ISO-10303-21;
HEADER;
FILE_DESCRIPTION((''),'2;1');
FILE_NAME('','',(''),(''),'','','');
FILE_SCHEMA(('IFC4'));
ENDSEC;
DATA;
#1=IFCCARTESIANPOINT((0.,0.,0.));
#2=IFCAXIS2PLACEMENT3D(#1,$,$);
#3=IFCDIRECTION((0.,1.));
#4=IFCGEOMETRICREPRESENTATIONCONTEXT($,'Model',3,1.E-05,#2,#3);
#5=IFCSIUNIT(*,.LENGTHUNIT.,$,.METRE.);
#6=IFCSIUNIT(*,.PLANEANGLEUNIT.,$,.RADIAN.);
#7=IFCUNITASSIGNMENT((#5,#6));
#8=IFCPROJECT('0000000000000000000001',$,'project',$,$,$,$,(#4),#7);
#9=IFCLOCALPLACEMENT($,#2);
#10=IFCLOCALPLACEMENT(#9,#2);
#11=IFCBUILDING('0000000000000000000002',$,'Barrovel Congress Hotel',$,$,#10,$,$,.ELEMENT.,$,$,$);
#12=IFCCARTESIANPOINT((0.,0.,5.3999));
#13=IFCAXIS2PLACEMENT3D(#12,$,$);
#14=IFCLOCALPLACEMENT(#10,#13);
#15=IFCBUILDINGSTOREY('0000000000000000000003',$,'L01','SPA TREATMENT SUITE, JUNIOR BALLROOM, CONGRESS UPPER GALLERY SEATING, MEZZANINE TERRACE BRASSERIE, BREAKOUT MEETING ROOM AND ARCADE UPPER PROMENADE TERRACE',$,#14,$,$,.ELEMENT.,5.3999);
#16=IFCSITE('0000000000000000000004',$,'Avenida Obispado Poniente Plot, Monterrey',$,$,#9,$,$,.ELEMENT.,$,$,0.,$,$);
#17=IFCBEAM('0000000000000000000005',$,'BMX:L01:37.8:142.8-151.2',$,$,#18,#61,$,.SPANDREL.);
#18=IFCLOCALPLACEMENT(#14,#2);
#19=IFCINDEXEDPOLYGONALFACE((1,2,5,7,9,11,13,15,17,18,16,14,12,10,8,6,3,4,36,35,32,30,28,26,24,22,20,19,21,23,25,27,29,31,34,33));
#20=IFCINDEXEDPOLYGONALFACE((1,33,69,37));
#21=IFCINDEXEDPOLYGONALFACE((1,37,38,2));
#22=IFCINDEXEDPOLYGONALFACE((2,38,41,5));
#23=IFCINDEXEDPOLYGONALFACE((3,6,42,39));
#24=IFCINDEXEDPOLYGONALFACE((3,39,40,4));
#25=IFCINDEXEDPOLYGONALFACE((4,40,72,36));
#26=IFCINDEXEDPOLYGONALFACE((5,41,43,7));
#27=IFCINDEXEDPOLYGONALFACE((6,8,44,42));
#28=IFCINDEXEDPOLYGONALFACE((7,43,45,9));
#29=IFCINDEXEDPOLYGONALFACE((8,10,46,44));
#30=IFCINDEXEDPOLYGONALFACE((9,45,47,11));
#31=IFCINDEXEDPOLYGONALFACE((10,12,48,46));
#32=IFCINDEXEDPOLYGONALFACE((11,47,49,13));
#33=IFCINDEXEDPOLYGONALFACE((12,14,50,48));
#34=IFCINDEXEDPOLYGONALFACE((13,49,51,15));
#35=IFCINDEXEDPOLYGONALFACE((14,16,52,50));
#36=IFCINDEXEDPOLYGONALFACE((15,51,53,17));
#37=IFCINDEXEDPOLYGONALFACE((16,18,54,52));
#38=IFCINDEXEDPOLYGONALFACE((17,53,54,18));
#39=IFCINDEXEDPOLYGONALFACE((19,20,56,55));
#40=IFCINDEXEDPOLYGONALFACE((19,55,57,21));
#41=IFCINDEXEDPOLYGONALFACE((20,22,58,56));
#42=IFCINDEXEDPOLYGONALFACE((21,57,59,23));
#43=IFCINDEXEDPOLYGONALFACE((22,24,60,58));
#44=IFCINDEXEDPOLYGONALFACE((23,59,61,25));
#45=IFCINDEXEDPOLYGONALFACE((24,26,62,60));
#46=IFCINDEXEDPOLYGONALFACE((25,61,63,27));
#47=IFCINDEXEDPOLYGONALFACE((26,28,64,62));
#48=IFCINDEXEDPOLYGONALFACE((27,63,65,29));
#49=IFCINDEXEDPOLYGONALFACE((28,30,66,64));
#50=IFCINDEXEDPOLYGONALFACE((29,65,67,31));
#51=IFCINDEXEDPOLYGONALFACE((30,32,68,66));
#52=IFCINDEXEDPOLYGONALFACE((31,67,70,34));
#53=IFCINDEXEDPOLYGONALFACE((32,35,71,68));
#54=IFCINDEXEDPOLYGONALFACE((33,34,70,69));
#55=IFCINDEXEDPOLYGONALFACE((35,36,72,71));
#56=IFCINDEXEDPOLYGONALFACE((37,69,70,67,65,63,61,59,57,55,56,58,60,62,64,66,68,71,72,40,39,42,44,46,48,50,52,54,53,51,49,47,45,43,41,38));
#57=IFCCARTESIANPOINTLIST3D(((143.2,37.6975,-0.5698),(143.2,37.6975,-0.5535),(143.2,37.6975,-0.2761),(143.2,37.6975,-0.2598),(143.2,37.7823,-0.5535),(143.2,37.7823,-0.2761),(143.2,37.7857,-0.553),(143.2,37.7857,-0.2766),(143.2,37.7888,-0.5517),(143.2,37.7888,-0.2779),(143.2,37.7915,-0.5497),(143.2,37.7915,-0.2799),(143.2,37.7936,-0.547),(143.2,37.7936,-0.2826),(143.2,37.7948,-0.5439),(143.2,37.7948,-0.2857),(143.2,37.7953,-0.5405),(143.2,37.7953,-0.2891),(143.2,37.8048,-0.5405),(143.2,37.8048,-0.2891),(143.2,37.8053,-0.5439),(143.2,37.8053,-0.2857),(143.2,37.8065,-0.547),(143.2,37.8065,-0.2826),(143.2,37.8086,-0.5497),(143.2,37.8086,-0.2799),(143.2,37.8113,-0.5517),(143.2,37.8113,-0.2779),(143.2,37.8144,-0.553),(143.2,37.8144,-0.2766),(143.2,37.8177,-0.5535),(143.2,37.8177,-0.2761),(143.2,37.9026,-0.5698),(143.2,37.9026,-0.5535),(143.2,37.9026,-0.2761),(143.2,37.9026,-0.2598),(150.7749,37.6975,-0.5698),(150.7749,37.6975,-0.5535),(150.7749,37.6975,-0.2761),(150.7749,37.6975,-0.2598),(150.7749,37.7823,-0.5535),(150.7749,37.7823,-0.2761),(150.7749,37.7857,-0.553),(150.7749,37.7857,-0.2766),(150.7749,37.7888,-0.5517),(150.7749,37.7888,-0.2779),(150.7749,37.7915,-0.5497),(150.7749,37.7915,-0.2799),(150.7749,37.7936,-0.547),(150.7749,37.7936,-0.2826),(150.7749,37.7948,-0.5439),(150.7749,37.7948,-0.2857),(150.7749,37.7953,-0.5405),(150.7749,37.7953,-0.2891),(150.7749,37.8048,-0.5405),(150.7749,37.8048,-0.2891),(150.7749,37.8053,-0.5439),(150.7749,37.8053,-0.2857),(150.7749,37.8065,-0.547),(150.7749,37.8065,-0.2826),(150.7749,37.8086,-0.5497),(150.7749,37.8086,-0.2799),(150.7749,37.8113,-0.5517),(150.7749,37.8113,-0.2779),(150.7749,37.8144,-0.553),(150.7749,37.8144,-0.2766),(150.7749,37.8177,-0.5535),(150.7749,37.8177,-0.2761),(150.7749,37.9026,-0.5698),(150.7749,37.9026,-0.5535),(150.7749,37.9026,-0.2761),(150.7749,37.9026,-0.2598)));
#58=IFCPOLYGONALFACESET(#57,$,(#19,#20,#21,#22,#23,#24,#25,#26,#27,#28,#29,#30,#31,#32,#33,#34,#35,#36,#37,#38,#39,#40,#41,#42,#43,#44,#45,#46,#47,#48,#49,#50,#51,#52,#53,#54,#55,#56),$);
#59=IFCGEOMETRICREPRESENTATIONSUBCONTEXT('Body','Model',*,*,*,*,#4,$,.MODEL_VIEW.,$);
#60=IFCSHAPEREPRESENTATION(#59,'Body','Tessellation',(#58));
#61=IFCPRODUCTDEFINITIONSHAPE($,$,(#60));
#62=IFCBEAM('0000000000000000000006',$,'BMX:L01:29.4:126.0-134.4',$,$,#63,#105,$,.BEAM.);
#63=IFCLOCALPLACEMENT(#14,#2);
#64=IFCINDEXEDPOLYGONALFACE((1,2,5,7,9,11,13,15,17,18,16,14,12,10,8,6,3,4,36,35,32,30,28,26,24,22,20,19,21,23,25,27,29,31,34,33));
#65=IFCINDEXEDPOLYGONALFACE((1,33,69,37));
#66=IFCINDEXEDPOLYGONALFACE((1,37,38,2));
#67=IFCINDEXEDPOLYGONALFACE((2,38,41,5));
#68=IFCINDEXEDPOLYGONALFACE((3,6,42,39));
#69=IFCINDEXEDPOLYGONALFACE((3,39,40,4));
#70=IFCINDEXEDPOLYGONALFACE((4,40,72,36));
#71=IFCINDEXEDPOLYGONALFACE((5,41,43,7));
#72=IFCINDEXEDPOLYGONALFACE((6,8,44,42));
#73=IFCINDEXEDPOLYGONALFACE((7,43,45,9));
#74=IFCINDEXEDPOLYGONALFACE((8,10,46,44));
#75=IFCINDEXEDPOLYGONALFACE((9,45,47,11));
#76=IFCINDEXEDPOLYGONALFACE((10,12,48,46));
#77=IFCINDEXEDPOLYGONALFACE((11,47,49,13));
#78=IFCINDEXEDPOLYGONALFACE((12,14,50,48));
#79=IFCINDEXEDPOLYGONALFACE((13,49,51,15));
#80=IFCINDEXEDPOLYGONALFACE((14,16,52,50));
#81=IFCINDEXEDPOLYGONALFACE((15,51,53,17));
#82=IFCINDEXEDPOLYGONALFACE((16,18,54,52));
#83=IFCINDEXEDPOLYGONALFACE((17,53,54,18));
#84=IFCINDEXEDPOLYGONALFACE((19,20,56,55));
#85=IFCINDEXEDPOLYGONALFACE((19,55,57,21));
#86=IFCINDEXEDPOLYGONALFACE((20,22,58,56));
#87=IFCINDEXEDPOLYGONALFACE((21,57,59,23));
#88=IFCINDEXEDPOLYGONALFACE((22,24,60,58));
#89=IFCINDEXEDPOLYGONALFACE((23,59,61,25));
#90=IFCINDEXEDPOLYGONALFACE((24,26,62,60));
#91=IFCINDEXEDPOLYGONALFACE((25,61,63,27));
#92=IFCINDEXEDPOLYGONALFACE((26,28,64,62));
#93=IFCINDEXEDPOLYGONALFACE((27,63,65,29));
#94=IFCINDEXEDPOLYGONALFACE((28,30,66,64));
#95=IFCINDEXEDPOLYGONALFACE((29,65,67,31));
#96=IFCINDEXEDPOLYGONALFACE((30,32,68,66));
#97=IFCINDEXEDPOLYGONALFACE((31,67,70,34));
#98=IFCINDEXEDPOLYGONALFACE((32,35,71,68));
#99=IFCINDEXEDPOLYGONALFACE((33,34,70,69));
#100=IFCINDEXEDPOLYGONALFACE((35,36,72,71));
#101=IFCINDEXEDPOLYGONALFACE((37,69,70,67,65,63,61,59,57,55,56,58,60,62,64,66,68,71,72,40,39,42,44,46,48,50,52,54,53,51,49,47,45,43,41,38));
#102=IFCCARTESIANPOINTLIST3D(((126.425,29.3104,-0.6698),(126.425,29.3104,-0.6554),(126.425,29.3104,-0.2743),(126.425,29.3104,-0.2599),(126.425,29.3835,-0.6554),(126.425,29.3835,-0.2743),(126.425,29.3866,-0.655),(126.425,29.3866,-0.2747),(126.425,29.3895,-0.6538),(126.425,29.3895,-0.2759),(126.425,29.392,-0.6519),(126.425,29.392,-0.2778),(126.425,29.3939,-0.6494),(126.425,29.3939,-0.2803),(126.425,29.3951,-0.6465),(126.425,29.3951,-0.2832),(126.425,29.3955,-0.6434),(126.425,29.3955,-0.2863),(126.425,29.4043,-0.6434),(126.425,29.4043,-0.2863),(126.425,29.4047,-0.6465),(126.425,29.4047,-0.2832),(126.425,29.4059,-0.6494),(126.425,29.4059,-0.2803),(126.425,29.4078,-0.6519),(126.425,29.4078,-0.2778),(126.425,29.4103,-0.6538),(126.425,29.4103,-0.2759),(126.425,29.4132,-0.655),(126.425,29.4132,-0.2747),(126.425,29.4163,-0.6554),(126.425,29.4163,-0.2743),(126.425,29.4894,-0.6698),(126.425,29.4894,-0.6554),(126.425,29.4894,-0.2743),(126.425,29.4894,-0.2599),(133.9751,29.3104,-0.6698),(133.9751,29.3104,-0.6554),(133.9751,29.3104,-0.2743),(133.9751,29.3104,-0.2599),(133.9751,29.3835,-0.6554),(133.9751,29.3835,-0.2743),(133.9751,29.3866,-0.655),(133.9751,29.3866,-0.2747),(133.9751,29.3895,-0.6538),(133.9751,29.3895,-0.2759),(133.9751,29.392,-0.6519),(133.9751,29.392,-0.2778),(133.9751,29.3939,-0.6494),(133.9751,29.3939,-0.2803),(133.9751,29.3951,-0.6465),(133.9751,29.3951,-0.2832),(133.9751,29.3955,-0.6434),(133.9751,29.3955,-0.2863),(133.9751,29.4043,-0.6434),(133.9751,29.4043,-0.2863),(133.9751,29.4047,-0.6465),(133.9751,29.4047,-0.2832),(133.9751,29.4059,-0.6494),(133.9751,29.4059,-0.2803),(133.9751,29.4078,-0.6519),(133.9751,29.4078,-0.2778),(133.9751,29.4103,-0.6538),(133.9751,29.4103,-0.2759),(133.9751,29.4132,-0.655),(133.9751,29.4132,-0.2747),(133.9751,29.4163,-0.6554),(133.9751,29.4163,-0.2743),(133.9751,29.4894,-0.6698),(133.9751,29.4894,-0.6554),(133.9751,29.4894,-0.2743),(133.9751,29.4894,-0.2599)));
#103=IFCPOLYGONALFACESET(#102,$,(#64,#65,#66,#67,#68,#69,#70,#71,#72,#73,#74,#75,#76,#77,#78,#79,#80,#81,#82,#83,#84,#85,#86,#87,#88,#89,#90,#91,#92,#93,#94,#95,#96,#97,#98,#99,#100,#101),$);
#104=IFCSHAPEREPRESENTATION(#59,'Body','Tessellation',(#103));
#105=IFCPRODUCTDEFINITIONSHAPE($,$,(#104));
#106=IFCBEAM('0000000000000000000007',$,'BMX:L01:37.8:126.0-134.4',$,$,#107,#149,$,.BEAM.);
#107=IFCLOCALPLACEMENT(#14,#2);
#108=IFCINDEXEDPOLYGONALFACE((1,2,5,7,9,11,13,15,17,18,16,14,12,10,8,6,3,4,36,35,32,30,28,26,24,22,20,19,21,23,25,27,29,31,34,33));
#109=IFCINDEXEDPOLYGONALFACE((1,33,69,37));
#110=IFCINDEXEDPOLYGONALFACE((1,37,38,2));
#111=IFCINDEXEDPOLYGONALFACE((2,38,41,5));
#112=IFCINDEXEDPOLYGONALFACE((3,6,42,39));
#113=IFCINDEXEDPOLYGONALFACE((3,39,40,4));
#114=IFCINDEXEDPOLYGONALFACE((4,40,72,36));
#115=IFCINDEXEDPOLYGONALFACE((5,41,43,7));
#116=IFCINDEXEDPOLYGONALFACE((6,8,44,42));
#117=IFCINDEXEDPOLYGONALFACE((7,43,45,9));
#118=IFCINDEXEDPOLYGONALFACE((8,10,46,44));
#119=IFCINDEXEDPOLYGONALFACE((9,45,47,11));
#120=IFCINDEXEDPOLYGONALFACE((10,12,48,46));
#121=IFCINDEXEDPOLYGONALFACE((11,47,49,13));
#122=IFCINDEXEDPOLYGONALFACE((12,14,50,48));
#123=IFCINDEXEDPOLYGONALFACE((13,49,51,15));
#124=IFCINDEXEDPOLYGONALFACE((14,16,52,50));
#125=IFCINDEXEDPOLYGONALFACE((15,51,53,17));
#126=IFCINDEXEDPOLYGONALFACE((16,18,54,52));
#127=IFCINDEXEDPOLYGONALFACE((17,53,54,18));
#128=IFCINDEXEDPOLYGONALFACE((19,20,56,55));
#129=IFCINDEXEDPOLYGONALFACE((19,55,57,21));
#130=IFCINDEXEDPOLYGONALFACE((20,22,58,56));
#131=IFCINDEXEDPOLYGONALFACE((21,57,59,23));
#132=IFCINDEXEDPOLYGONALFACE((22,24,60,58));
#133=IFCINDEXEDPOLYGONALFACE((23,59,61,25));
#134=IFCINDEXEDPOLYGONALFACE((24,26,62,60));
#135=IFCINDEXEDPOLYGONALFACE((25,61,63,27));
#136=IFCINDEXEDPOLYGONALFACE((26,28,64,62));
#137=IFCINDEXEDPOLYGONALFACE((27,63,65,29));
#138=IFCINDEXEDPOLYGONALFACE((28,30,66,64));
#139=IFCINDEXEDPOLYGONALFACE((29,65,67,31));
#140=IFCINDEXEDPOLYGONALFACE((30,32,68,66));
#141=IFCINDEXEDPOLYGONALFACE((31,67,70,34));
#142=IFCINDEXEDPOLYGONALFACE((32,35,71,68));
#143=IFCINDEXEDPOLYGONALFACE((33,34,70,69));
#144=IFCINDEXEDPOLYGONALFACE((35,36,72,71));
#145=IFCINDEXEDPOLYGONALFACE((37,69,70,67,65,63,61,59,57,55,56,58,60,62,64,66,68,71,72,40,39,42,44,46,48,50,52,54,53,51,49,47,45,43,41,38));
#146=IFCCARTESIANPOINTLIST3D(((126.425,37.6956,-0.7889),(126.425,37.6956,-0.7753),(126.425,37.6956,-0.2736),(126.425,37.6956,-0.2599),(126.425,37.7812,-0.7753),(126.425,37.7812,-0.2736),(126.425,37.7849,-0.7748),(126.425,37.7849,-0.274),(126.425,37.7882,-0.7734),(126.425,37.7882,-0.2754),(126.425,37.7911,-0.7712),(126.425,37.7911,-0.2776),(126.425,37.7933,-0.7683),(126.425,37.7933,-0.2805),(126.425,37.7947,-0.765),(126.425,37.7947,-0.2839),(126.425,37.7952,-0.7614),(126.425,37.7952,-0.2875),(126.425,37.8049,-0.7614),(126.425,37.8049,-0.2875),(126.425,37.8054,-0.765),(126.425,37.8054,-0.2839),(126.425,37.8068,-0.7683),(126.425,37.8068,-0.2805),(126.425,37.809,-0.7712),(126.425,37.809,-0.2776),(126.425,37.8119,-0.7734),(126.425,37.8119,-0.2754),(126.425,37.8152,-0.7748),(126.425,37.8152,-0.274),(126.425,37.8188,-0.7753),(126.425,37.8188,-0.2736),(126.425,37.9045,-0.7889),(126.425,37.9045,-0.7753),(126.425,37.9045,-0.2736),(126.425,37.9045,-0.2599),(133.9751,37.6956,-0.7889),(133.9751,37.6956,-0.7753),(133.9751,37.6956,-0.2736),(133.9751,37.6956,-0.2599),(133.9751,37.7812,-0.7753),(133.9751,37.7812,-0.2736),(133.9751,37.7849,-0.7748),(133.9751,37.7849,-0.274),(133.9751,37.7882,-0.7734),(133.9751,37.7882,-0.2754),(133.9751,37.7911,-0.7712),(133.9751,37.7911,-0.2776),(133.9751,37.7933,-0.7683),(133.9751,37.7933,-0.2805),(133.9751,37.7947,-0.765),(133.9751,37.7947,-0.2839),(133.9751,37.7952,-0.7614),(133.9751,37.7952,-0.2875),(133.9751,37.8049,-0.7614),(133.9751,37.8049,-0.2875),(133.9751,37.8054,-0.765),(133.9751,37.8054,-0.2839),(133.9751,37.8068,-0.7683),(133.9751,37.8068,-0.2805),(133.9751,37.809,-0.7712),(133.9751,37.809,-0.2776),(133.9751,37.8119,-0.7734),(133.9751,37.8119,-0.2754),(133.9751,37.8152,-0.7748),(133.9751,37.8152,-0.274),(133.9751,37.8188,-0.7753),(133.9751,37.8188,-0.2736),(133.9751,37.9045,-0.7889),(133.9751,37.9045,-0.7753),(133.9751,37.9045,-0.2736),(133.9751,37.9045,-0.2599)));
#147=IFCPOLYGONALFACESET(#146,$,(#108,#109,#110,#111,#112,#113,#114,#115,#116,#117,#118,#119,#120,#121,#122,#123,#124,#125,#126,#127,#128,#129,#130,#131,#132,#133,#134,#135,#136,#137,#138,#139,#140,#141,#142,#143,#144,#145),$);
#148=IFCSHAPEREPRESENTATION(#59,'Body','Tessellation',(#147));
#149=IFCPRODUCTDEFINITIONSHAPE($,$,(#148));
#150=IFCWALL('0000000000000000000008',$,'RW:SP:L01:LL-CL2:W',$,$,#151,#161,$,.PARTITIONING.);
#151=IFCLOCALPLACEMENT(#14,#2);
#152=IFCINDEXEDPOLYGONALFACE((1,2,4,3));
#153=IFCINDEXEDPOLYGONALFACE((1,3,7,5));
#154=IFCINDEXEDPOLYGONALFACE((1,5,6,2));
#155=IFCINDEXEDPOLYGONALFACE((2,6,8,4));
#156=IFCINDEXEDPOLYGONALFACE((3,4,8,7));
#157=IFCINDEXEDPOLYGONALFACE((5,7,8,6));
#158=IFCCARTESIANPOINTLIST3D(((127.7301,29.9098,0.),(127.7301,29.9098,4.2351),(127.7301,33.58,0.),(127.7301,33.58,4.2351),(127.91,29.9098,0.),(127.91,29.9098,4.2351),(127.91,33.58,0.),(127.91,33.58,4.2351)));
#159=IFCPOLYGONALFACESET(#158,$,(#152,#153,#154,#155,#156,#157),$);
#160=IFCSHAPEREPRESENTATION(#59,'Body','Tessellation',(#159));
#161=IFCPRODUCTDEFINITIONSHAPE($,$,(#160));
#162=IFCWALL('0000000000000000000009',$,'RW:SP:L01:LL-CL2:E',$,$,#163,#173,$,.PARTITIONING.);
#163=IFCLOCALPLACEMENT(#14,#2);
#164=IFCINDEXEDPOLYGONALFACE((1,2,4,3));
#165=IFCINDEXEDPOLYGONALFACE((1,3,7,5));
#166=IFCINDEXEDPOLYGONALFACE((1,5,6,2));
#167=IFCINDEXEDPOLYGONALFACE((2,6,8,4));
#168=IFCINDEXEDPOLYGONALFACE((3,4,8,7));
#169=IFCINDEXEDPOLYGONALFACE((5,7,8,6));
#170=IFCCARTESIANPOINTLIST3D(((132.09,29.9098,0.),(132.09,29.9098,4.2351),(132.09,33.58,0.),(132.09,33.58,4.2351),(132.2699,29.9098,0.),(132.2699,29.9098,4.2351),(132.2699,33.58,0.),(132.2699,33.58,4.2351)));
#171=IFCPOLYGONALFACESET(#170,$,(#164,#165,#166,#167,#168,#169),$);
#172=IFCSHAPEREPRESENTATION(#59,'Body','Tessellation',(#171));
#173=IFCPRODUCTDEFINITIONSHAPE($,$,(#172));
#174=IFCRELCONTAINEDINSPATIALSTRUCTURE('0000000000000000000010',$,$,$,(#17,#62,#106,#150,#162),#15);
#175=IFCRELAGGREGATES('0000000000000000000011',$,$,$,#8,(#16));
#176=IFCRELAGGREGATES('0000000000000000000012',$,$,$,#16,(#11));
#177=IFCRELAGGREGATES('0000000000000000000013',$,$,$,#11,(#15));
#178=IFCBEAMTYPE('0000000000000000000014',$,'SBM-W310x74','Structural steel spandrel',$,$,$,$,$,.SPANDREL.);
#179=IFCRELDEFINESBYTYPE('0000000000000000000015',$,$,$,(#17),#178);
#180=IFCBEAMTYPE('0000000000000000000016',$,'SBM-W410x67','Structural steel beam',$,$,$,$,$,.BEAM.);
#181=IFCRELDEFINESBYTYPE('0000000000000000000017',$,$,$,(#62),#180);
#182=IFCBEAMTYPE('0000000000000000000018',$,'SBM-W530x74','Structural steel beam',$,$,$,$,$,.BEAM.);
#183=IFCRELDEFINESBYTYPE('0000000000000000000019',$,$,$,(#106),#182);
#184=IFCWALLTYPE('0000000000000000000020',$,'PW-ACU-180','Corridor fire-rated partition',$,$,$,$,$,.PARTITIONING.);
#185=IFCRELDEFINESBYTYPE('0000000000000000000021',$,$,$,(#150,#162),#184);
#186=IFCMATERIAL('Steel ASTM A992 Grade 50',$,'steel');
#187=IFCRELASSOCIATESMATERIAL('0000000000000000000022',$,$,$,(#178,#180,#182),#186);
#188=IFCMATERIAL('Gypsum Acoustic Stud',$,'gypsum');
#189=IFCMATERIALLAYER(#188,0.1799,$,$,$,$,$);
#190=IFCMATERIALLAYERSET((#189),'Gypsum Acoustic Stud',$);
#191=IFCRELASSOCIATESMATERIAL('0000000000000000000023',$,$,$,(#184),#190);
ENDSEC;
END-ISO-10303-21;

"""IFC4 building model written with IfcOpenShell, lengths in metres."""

from ifc_helpers import new_model, si_unit, direction, frame, frame_2d, origin, origin_2d, place, context, subcontext, project, spatial, rectangle, i_section, extrude, material, layer, layer_set, material_profile, profile_set, type_object, element, save


model = new_model("IFC4")

# Units and contexts
model_context = context("Model", 3, precision=1e-05, world=origin(), true_north=direction((0.0, 1.0)))
body_context = subcontext(model_context, "Body", "Model", "MODEL_VIEW")
ifc_project = project(units=[si_unit("LENGTHUNIT", "METRE"), si_unit("PLANEANGLEUNIT", "RADIAN")], contexts=[model_context])

# Site, building, storey
site_placement = place(None, origin())
site = spatial("IfcSite", under=ifc_project, at=site_placement, Name="Avenida Obispado Poniente Plot, Monterrey", CompositionType="ELEMENT", RefElevation=0.0)
building_placement = place(site_placement, origin())
building = spatial("IfcBuilding", under=site, at=building_placement, Name="Barrovel Congress Hotel", CompositionType="ELEMENT")
storey_placement = place(building_placement, frame((0.0, 0.0, 5.3999)))
storey = spatial("IfcBuildingStorey", under=building, at=storey_placement, Name="L01", Description="SPA TREATMENT SUITE, JUNIOR BALLROOM, CONGRESS UPPER GALLERY SEATING, MEZZANINE TERRACE BRASSERIE, BREAKOUT MEETING ROOM AND ARCADE UPPER PROMENADE TERRACE", CompositionType="ELEMENT", Elevation=5.3999)

# Beams
ifc_material_1 = material(Name="Steel ASTM A992 Grade 50", Category="steel")
ifc_material_profile_1 = material_profile(ifc_material_1, i_section(OverallWidth=0.2051, OverallDepth=0.3101, WebThickness=0.0095, FlangeThickness=0.0164, FilletRadius=0.0129, at=origin_2d()), Name="W310x74")
ifc_profile_set_1 = profile_set([ifc_material_profile_1], Name="Steel ASTM A992 Grade 50")
beam_type_1 = type_object("IfcBeamType", Name="SBM-W310x74", Description="Structural steel spandrel", PredefinedType="SPANDREL", material=ifc_profile_set_1)
beam_1_placement = place(storey_placement, frame((143.2, 37.8, -0.4148), z_axis=(1.0, 0.0, 0.0), x_axis=(0.0, 1.0, 0.0)))
element("IfcBeam", 1, at=beam_1_placement, inside=storey, type_object=beam_type_1, Name="BMX:L01:37.8:142.8-151.2", PredefinedType="SPANDREL", context=body_context, shape_type="SweptSolid", body=[
    extrude(i_section(OverallWidth=0.2051, OverallDepth=0.3101, WebThickness=0.0095, FlangeThickness=0.0164, FilletRadius=0.0129, at=origin_2d()), origin(), (0.0, 0.0, 1.0), 7.575),
])
ifc_material_profile_2 = material_profile(ifc_material_1, i_section(OverallWidth=0.179, OverallDepth=0.4099, WebThickness=0.0088, FlangeThickness=0.0144, FilletRadius=0.012, at=origin_2d()), Name="W410x67")
ifc_profile_set_2 = profile_set([ifc_material_profile_2], Name="Steel ASTM A992 Grade 50")
beam_type_2 = type_object("IfcBeamType", Name="SBM-W410x67", Description="Structural steel beam", PredefinedType="BEAM", material=ifc_profile_set_2)
beam_2_placement = place(storey_placement, frame((126.425, 29.3999, -0.4648), z_axis=(1.0, 0.0, 0.0), x_axis=(0.0, 1.0, 0.0)))
element("IfcBeam", 2, at=beam_2_placement, inside=storey, type_object=beam_type_2, Name="BMX:L01:29.4:126.0-134.4", PredefinedType="BEAM", context=body_context, shape_type="SweptSolid", body=[
    extrude(i_section(OverallWidth=0.179, OverallDepth=0.4099, WebThickness=0.0088, FlangeThickness=0.0144, FilletRadius=0.012, at=origin_2d()), origin(), (0.0, 0.0, 1.0), 7.55),
])
ifc_material_profile_3 = material_profile(ifc_material_1, i_section(OverallWidth=0.209, OverallDepth=0.5291, WebThickness=0.0098, FlangeThickness=0.0137, FilletRadius=0.0139, at=origin_2d()), Name="W530x74")
ifc_profile_set_3 = profile_set([ifc_material_profile_3], Name="Steel ASTM A992 Grade 50")
beam_type_3 = type_object("IfcBeamType", Name="SBM-W530x74", Description="Structural steel beam", PredefinedType="BEAM", material=ifc_profile_set_3)
beam_3_placement = place(storey_placement, frame((126.425, 37.8, -0.5244), z_axis=(1.0, 0.0, 0.0), x_axis=(0.0, 1.0, 0.0)))
element("IfcBeam", 3, at=beam_3_placement, inside=storey, type_object=beam_type_3, Name="BMX:L01:37.8:126.0-134.4", PredefinedType="BEAM", context=body_context, shape_type="SweptSolid", body=[
    extrude(i_section(OverallWidth=0.209, OverallDepth=0.5291, WebThickness=0.0098, FlangeThickness=0.0137, FilletRadius=0.0139, at=origin_2d()), origin(), (0.0, 0.0, 1.0), 7.55),
])

# Shared definitions
ifc_material_2 = material(Name="Gypsum Acoustic Stud", Category="gypsum")
ifc_layer_1 = layer(ifc_material_2, 0.1799)
ifc_layer_set_1 = layer_set([ifc_layer_1], Name="Gypsum Acoustic Stud")
wall_type_1 = type_object("IfcWallType", Name="PW-ACU-180", Description="Corridor fire-rated partition", PredefinedType="PARTITIONING", material=ifc_layer_set_1)

# Walls
for number, where, z_axis, x_axis, name in (
    (4, (127.8201, 29.9099, 0.0), (0.0, 0.0, 1.0), (0.0, 1.0, 0.0), "RW:SP:L01:LL-CL2:W"),
    (5, (132.1799, 29.9099, 0.0), (0.0, 0.0, 1.0), (0.0, 1.0, 0.0), "RW:SP:L01:LL-CL2:E"),
):
    element("IfcWall", number, at=place(storey_placement, frame(where, z_axis=z_axis, x_axis=x_axis)), inside=storey, type_object=wall_type_1, Name=name, PredefinedType="PARTITIONING", context=body_context, shape_type="SweptSolid", body=[
        extrude(rectangle(XDim=3.6702, YDim=0.1799, at=frame_2d((1.835, 0.0))), origin(), (0.0, 0.0, 1.0), 4.2351),
    ])

save(model, "model.ifc")
